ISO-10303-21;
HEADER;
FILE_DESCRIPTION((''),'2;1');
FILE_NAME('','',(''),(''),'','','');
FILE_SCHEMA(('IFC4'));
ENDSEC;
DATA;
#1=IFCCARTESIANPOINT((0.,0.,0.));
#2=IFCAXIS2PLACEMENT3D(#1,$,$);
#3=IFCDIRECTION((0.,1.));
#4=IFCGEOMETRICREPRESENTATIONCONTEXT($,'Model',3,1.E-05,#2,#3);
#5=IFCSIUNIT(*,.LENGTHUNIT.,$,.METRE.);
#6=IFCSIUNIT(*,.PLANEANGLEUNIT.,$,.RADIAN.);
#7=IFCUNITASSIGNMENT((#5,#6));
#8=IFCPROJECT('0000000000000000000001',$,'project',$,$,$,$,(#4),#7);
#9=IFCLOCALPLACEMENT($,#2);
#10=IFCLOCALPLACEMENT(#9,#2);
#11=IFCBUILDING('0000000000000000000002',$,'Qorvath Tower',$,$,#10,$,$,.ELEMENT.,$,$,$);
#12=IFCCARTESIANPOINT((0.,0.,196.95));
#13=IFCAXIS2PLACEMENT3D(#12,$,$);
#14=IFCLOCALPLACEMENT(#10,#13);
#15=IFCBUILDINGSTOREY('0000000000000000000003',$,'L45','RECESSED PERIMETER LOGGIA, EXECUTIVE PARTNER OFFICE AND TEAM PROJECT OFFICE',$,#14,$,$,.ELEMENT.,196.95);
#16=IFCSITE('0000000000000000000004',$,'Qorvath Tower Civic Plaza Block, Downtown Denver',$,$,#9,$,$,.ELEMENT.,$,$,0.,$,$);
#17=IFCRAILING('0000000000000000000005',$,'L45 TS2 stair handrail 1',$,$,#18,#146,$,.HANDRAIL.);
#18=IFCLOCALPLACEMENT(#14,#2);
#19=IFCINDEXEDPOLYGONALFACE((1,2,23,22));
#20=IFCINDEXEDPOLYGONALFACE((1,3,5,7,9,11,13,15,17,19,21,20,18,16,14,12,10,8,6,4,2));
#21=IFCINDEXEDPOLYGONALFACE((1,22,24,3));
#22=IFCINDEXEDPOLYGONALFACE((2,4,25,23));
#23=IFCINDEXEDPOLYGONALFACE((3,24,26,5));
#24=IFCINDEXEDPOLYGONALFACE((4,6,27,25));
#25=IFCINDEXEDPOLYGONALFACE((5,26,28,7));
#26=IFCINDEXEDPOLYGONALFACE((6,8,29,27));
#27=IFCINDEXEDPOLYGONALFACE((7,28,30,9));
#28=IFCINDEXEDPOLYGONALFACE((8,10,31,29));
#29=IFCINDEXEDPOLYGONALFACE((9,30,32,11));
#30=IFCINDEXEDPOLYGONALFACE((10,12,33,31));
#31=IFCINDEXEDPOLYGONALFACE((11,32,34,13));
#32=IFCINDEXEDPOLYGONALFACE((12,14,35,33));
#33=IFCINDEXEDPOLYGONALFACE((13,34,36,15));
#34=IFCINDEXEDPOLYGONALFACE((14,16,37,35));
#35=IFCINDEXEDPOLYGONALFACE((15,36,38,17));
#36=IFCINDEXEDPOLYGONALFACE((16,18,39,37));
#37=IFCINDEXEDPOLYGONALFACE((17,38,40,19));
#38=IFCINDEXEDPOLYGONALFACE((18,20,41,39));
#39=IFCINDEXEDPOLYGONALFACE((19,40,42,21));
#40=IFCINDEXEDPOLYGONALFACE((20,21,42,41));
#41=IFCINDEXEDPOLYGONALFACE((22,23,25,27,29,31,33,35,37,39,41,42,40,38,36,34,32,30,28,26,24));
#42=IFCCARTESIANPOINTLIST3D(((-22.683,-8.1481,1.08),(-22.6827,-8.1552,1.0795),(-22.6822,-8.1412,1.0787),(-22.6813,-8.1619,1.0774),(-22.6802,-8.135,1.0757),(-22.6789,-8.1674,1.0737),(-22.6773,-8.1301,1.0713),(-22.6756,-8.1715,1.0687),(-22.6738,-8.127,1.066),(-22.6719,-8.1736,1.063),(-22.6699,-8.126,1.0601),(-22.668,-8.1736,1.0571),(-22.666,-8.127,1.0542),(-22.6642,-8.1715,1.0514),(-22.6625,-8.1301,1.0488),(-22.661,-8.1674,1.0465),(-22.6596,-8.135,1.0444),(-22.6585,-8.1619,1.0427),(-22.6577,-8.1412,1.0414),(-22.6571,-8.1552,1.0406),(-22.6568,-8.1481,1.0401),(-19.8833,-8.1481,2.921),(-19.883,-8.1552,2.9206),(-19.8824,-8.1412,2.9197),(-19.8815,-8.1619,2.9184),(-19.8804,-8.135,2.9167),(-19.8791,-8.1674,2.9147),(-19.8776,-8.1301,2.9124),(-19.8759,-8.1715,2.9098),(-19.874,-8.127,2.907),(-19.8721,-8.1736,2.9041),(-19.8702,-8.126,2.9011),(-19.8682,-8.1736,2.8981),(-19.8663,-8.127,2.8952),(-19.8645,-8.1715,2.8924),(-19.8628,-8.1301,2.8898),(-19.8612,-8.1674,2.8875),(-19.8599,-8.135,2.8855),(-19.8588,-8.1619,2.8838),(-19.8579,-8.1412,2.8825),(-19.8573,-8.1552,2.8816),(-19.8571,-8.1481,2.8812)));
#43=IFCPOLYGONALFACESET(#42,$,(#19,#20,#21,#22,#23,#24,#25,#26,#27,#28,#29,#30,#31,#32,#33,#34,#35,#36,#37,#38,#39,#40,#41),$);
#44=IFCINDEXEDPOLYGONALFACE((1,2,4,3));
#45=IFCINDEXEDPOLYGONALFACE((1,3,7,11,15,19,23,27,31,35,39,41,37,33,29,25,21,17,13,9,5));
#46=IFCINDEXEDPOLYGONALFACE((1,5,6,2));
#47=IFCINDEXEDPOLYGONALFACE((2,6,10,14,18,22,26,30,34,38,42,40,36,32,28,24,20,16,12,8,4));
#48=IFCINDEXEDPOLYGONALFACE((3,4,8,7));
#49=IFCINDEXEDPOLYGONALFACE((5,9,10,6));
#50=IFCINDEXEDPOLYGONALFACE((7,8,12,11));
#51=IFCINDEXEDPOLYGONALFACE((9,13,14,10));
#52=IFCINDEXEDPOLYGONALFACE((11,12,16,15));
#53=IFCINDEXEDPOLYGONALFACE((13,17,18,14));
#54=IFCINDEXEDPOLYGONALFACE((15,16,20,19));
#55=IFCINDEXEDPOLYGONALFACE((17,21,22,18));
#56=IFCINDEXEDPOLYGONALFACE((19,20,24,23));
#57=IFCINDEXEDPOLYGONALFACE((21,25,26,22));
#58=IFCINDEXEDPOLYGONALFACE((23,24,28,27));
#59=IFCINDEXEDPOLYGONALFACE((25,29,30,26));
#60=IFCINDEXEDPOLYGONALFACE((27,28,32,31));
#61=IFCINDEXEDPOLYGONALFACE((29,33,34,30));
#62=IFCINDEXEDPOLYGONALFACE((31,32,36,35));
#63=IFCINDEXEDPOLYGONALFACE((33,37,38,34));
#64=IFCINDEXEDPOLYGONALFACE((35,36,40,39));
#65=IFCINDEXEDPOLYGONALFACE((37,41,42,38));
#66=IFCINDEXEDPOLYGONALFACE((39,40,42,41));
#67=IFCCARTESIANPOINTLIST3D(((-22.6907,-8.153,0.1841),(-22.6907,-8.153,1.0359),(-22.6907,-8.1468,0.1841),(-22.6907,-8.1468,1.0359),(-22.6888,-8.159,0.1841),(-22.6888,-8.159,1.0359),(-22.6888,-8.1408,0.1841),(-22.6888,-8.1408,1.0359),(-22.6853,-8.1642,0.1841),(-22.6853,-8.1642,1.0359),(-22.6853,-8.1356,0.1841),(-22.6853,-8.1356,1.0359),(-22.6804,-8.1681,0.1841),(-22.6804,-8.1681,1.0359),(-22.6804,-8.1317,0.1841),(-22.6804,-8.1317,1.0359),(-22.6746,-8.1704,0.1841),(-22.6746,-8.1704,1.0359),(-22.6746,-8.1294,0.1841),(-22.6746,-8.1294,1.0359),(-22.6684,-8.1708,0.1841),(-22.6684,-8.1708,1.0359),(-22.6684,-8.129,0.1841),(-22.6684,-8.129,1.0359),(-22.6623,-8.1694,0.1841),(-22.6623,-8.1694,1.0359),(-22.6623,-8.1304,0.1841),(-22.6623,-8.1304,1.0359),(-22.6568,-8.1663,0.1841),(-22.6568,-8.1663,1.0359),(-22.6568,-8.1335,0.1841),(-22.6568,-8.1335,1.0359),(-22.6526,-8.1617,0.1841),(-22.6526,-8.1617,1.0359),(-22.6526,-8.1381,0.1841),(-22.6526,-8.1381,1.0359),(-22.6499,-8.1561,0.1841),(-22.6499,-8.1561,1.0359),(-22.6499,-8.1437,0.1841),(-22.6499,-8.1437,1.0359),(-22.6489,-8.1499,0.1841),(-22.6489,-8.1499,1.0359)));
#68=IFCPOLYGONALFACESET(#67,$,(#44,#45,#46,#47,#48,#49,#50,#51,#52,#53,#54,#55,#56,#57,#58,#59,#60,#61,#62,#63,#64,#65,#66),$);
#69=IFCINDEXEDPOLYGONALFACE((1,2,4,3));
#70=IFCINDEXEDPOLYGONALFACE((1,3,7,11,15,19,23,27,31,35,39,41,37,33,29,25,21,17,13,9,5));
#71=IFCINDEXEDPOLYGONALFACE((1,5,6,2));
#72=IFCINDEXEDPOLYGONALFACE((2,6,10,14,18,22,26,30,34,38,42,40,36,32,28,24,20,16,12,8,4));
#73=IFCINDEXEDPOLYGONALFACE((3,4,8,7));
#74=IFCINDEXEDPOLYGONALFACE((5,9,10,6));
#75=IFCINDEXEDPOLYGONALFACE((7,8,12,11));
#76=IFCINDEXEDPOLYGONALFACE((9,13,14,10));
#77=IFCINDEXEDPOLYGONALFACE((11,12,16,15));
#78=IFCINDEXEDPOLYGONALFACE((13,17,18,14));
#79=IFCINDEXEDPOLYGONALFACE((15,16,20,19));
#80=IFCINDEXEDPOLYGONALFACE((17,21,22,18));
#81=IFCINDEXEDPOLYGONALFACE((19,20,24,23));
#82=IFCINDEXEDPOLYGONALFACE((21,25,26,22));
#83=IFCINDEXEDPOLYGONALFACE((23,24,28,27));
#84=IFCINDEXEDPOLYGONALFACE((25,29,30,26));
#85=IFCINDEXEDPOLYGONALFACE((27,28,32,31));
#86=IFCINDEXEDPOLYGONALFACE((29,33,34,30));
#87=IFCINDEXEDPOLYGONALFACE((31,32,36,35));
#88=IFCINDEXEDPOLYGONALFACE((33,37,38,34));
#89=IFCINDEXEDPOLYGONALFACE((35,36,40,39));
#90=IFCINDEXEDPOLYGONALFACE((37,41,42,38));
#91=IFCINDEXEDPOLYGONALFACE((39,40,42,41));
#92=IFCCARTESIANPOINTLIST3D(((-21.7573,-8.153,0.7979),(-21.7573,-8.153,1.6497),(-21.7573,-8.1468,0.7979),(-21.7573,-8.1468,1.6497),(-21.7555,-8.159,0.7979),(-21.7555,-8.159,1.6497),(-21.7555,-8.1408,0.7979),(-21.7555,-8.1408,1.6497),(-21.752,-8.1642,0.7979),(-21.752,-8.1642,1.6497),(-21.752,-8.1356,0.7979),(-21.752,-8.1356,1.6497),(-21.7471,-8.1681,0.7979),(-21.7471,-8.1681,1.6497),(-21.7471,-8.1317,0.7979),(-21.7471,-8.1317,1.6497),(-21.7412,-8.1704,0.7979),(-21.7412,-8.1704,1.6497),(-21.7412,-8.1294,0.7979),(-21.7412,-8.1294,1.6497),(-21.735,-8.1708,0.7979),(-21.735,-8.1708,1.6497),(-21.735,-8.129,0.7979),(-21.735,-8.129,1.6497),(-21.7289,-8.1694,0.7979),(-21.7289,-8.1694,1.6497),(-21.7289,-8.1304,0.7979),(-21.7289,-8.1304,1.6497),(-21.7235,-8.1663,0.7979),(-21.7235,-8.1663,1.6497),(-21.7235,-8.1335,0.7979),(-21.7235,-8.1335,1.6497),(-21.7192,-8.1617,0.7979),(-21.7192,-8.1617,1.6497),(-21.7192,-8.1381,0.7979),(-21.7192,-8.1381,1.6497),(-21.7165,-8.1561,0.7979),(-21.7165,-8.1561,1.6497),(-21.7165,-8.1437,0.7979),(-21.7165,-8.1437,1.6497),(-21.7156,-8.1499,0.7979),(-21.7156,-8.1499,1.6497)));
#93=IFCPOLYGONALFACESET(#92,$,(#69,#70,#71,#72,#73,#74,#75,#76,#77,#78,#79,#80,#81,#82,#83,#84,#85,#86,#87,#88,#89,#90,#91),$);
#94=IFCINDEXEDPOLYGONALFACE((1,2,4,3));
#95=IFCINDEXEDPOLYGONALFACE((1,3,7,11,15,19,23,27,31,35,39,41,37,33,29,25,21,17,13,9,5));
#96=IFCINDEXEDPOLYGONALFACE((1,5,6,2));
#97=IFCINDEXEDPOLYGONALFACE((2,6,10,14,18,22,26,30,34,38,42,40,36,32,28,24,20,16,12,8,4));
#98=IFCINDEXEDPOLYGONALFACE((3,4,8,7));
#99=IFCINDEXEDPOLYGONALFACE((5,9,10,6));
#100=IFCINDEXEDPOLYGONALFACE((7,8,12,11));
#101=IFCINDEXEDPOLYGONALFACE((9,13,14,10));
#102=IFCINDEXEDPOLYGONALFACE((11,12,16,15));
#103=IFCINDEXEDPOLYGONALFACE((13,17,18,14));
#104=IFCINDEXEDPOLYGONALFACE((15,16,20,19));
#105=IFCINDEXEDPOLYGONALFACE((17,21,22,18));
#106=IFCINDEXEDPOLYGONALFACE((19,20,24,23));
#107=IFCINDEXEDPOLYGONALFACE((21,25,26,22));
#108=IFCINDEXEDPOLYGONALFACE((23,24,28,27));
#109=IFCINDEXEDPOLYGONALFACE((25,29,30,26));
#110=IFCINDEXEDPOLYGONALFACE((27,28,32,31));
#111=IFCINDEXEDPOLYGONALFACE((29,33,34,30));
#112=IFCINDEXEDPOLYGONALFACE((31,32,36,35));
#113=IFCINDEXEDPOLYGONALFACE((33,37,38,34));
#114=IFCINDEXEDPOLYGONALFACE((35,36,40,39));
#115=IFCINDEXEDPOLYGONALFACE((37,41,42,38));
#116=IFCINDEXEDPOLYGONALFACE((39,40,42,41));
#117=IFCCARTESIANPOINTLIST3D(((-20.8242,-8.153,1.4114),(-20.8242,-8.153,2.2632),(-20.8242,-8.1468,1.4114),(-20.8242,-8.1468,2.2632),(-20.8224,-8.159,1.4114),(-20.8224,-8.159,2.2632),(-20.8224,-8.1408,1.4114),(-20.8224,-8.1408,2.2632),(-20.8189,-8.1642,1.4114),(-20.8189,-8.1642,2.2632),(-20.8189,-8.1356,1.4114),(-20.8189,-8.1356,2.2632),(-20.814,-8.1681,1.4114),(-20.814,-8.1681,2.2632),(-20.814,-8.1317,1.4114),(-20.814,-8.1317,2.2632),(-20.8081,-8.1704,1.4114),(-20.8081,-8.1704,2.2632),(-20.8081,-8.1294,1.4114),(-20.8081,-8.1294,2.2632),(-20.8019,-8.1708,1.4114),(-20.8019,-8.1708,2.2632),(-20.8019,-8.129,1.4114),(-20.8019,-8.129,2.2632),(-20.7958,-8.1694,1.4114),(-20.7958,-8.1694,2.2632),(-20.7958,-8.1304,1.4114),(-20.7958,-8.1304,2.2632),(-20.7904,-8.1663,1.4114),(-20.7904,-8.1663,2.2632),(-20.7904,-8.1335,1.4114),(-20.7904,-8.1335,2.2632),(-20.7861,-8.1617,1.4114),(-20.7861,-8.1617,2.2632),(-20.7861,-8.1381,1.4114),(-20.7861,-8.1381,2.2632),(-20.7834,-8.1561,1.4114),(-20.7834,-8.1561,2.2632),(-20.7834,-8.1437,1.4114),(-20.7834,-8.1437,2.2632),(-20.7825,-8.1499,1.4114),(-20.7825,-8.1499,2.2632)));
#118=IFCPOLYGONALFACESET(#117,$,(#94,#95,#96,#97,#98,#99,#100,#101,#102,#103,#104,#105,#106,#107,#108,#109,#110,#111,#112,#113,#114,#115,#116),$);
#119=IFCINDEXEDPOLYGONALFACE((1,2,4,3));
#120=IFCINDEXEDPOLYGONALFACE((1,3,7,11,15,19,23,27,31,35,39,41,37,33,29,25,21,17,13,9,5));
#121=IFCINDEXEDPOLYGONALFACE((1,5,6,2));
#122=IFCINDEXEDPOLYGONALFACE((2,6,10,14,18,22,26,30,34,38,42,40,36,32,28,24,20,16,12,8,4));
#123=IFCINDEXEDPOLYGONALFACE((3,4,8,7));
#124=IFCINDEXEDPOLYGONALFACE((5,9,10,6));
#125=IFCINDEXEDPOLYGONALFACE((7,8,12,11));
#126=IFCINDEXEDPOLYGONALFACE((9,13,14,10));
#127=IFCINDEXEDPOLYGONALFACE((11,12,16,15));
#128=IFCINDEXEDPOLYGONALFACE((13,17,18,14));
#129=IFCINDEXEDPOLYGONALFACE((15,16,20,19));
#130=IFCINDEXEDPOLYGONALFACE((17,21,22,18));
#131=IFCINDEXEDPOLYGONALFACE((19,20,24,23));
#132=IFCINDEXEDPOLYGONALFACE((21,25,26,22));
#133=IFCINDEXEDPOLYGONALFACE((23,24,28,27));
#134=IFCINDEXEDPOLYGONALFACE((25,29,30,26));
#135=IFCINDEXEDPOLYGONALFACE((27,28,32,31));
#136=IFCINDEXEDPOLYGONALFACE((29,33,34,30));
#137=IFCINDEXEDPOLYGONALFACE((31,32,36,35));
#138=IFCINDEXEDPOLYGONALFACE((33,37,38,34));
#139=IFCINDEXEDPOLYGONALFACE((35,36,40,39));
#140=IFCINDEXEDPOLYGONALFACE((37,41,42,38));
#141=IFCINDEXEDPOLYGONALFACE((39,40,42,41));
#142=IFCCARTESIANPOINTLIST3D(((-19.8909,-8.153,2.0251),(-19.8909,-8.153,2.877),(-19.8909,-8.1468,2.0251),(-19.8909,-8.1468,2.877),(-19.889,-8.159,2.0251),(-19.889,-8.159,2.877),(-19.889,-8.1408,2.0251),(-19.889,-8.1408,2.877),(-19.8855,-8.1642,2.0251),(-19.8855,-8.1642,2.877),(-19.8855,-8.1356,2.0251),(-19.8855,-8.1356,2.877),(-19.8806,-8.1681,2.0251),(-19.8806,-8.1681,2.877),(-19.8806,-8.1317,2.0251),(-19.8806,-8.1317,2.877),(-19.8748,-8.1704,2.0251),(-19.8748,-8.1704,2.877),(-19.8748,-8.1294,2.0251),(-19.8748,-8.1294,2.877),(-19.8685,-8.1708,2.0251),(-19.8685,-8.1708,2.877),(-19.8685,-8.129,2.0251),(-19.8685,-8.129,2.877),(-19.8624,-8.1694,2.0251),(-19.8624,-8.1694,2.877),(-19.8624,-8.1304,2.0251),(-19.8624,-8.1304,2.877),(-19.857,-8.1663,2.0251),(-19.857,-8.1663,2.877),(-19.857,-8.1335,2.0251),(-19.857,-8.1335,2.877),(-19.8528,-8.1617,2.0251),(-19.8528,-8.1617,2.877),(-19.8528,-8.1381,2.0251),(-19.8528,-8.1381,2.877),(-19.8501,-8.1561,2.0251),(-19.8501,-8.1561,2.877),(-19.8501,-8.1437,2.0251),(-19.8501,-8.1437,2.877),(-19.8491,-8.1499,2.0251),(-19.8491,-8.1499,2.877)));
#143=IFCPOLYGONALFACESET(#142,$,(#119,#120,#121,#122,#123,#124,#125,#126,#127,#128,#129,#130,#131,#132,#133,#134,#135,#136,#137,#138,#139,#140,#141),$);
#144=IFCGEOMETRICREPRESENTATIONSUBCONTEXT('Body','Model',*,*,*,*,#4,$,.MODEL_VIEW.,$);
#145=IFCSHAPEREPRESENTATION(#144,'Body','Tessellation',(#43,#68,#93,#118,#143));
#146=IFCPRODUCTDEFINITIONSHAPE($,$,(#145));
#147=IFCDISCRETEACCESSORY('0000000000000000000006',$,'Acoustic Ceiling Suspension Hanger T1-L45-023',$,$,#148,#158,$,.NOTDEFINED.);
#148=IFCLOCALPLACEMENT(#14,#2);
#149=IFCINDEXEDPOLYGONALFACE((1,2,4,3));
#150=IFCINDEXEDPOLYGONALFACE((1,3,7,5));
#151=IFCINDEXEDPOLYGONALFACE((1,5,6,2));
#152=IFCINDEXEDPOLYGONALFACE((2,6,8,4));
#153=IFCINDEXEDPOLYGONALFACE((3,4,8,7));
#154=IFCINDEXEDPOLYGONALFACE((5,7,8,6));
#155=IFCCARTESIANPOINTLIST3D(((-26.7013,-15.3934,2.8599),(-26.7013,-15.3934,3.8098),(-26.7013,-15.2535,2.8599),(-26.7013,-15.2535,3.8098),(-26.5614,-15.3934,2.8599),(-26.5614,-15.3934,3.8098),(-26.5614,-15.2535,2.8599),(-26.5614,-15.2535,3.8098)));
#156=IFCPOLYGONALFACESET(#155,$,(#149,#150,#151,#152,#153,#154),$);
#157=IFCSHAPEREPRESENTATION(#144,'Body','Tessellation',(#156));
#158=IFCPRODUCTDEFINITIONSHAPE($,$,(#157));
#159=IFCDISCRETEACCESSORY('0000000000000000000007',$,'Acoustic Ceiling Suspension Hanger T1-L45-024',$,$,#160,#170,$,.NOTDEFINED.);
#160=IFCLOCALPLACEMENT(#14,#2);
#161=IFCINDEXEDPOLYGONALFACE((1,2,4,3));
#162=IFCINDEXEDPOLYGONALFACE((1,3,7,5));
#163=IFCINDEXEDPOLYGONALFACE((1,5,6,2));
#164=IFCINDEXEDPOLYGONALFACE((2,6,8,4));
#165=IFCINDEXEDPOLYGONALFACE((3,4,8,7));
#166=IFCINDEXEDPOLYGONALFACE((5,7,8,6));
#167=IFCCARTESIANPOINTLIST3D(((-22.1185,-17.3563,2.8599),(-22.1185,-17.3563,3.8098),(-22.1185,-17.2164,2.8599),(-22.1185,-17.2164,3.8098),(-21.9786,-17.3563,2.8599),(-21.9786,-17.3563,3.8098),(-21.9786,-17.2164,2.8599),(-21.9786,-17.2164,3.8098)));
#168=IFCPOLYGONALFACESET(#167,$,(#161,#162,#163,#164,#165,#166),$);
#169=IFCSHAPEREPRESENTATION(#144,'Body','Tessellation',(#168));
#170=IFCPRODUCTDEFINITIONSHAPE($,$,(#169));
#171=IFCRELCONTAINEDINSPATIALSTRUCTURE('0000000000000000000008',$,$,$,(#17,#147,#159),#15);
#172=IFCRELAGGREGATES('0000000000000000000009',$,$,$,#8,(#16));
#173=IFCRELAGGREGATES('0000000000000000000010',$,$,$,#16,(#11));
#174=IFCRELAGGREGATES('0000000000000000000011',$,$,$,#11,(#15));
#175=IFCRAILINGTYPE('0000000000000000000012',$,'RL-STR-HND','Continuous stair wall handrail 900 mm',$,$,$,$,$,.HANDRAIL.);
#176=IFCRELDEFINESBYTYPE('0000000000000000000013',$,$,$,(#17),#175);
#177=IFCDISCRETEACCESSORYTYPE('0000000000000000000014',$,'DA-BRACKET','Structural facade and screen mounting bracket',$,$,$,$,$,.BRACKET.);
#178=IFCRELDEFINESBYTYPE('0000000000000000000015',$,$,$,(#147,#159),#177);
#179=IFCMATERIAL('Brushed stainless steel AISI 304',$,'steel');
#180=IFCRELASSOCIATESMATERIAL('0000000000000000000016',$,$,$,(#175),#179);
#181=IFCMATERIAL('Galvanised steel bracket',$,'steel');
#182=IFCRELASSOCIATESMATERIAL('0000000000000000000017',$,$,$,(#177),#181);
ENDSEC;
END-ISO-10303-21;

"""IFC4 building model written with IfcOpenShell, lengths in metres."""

from ifc_helpers import new_model, si_unit, direction, frame, origin, origin_2d, place, context, subcontext, project, spatial, rectangle, circle, extrude, material, type_object, element, save


model = new_model("IFC4")

# Units and contexts
model_context = context("Model", 3, precision=1e-05, world=origin(), true_north=direction((0.0, 1.0)))
body_context = subcontext(model_context, "Body", "Model", "MODEL_VIEW")
ifc_project = project(units=[si_unit("LENGTHUNIT", "METRE"), si_unit("PLANEANGLEUNIT", "RADIAN")], contexts=[model_context])

# Site, building, storey
site_placement = place(None, origin())
site = spatial("IfcSite", under=ifc_project, at=site_placement, Name="Qorvath Tower Civic Plaza Block, Downtown Denver", CompositionType="ELEMENT", RefElevation=0.0)
building_placement = place(site_placement, origin())
building = spatial("IfcBuilding", under=site, at=building_placement, Name="Qorvath Tower", CompositionType="ELEMENT")
storey_placement = place(building_placement, frame((0.0, 0.0, 196.95)))
storey = spatial("IfcBuildingStorey", under=building, at=storey_placement, Name="L45", Description="RECESSED PERIMETER LOGGIA, EXECUTIVE PARTNER OFFICE AND TEAM PROJECT OFFICE", CompositionType="ELEMENT", Elevation=196.95)

# Railing
ifc_material_1 = material(Name="Brushed stainless steel AISI 304", Category="steel")
railing_type = type_object("IfcRailingType", Name="RL-STR-HND", Description="Continuous stair wall handrail 900 mm", PredefinedType="HANDRAIL", material=ifc_material_1)
railing_placement = place(storey_placement, frame((-22.6699, -8.1499, 0.1841)))
element("IfcRailing", 1, at=railing_placement, inside=storey, type_object=railing_type, Name="L45 TS2 stair handrail 1", PredefinedType="HANDRAIL", context=body_context, shape_type="SweptSolid", body=[
    extrude(circle(Radius=0.0239, at=origin_2d()), frame((0.0, 0.0, 0.876), z_axis=(0.835542, 0.0, 0.549426), x_axis=(0.0, 1.0, 0.0)), (0.0, 0.0, 1.0), 3.3508),
    extrude(circle(Radius=0.021, at=origin_2d()), origin(), (0.0, 0.0, 1.0), 0.8518),
    extrude(circle(Radius=0.021, at=origin_2d()), frame((0.9333, 0.0, 0.6138)), (0.0, 0.0, 1.0), 0.8518),
    extrude(circle(Radius=0.021, at=origin_2d()), frame((1.8665, 0.0, 1.2273)), (0.0, 0.0, 1.0), 0.8518),
    extrude(circle(Radius=0.021, at=origin_2d()), frame((2.7998, 0.0, 1.8411)), (0.0, 0.0, 1.0), 0.8518),
])

# Discrete accessories
ifc_material_2 = material(Name="Galvanised steel bracket", Category="steel")
discrete_accessory_type = type_object("IfcDiscreteAccessoryType", Name="DA-BRACKET", Description="Structural facade and screen mounting bracket", PredefinedType="BRACKET", material=ifc_material_2)
for number, where, z_axis, x_axis, name in (
    (2, (-26.6313, -15.3235, 2.8599), (0.0, 0.0, 1.0), (1.0, 0.0, 0.0), "Acoustic Ceiling Suspension Hanger T1-L45-023"),
    (3, (-22.0486, -17.2864, 2.8599), (0.0, 0.0, 1.0), (1.0, 0.0, 0.0), "Acoustic Ceiling Suspension Hanger T1-L45-024"),
):
    element("IfcDiscreteAccessory", number, at=place(storey_placement, frame(where, z_axis=z_axis, x_axis=x_axis)), inside=storey, type_object=discrete_accessory_type, Name=name, PredefinedType="NOTDEFINED", context=body_context, shape_type="SweptSolid", body=[
        extrude(rectangle(XDim=0.1399, YDim=0.1399, at=origin_2d()), origin(), (0.0, 0.0, 1.0), 0.95),
    ])

save(model, "model.ifc")
